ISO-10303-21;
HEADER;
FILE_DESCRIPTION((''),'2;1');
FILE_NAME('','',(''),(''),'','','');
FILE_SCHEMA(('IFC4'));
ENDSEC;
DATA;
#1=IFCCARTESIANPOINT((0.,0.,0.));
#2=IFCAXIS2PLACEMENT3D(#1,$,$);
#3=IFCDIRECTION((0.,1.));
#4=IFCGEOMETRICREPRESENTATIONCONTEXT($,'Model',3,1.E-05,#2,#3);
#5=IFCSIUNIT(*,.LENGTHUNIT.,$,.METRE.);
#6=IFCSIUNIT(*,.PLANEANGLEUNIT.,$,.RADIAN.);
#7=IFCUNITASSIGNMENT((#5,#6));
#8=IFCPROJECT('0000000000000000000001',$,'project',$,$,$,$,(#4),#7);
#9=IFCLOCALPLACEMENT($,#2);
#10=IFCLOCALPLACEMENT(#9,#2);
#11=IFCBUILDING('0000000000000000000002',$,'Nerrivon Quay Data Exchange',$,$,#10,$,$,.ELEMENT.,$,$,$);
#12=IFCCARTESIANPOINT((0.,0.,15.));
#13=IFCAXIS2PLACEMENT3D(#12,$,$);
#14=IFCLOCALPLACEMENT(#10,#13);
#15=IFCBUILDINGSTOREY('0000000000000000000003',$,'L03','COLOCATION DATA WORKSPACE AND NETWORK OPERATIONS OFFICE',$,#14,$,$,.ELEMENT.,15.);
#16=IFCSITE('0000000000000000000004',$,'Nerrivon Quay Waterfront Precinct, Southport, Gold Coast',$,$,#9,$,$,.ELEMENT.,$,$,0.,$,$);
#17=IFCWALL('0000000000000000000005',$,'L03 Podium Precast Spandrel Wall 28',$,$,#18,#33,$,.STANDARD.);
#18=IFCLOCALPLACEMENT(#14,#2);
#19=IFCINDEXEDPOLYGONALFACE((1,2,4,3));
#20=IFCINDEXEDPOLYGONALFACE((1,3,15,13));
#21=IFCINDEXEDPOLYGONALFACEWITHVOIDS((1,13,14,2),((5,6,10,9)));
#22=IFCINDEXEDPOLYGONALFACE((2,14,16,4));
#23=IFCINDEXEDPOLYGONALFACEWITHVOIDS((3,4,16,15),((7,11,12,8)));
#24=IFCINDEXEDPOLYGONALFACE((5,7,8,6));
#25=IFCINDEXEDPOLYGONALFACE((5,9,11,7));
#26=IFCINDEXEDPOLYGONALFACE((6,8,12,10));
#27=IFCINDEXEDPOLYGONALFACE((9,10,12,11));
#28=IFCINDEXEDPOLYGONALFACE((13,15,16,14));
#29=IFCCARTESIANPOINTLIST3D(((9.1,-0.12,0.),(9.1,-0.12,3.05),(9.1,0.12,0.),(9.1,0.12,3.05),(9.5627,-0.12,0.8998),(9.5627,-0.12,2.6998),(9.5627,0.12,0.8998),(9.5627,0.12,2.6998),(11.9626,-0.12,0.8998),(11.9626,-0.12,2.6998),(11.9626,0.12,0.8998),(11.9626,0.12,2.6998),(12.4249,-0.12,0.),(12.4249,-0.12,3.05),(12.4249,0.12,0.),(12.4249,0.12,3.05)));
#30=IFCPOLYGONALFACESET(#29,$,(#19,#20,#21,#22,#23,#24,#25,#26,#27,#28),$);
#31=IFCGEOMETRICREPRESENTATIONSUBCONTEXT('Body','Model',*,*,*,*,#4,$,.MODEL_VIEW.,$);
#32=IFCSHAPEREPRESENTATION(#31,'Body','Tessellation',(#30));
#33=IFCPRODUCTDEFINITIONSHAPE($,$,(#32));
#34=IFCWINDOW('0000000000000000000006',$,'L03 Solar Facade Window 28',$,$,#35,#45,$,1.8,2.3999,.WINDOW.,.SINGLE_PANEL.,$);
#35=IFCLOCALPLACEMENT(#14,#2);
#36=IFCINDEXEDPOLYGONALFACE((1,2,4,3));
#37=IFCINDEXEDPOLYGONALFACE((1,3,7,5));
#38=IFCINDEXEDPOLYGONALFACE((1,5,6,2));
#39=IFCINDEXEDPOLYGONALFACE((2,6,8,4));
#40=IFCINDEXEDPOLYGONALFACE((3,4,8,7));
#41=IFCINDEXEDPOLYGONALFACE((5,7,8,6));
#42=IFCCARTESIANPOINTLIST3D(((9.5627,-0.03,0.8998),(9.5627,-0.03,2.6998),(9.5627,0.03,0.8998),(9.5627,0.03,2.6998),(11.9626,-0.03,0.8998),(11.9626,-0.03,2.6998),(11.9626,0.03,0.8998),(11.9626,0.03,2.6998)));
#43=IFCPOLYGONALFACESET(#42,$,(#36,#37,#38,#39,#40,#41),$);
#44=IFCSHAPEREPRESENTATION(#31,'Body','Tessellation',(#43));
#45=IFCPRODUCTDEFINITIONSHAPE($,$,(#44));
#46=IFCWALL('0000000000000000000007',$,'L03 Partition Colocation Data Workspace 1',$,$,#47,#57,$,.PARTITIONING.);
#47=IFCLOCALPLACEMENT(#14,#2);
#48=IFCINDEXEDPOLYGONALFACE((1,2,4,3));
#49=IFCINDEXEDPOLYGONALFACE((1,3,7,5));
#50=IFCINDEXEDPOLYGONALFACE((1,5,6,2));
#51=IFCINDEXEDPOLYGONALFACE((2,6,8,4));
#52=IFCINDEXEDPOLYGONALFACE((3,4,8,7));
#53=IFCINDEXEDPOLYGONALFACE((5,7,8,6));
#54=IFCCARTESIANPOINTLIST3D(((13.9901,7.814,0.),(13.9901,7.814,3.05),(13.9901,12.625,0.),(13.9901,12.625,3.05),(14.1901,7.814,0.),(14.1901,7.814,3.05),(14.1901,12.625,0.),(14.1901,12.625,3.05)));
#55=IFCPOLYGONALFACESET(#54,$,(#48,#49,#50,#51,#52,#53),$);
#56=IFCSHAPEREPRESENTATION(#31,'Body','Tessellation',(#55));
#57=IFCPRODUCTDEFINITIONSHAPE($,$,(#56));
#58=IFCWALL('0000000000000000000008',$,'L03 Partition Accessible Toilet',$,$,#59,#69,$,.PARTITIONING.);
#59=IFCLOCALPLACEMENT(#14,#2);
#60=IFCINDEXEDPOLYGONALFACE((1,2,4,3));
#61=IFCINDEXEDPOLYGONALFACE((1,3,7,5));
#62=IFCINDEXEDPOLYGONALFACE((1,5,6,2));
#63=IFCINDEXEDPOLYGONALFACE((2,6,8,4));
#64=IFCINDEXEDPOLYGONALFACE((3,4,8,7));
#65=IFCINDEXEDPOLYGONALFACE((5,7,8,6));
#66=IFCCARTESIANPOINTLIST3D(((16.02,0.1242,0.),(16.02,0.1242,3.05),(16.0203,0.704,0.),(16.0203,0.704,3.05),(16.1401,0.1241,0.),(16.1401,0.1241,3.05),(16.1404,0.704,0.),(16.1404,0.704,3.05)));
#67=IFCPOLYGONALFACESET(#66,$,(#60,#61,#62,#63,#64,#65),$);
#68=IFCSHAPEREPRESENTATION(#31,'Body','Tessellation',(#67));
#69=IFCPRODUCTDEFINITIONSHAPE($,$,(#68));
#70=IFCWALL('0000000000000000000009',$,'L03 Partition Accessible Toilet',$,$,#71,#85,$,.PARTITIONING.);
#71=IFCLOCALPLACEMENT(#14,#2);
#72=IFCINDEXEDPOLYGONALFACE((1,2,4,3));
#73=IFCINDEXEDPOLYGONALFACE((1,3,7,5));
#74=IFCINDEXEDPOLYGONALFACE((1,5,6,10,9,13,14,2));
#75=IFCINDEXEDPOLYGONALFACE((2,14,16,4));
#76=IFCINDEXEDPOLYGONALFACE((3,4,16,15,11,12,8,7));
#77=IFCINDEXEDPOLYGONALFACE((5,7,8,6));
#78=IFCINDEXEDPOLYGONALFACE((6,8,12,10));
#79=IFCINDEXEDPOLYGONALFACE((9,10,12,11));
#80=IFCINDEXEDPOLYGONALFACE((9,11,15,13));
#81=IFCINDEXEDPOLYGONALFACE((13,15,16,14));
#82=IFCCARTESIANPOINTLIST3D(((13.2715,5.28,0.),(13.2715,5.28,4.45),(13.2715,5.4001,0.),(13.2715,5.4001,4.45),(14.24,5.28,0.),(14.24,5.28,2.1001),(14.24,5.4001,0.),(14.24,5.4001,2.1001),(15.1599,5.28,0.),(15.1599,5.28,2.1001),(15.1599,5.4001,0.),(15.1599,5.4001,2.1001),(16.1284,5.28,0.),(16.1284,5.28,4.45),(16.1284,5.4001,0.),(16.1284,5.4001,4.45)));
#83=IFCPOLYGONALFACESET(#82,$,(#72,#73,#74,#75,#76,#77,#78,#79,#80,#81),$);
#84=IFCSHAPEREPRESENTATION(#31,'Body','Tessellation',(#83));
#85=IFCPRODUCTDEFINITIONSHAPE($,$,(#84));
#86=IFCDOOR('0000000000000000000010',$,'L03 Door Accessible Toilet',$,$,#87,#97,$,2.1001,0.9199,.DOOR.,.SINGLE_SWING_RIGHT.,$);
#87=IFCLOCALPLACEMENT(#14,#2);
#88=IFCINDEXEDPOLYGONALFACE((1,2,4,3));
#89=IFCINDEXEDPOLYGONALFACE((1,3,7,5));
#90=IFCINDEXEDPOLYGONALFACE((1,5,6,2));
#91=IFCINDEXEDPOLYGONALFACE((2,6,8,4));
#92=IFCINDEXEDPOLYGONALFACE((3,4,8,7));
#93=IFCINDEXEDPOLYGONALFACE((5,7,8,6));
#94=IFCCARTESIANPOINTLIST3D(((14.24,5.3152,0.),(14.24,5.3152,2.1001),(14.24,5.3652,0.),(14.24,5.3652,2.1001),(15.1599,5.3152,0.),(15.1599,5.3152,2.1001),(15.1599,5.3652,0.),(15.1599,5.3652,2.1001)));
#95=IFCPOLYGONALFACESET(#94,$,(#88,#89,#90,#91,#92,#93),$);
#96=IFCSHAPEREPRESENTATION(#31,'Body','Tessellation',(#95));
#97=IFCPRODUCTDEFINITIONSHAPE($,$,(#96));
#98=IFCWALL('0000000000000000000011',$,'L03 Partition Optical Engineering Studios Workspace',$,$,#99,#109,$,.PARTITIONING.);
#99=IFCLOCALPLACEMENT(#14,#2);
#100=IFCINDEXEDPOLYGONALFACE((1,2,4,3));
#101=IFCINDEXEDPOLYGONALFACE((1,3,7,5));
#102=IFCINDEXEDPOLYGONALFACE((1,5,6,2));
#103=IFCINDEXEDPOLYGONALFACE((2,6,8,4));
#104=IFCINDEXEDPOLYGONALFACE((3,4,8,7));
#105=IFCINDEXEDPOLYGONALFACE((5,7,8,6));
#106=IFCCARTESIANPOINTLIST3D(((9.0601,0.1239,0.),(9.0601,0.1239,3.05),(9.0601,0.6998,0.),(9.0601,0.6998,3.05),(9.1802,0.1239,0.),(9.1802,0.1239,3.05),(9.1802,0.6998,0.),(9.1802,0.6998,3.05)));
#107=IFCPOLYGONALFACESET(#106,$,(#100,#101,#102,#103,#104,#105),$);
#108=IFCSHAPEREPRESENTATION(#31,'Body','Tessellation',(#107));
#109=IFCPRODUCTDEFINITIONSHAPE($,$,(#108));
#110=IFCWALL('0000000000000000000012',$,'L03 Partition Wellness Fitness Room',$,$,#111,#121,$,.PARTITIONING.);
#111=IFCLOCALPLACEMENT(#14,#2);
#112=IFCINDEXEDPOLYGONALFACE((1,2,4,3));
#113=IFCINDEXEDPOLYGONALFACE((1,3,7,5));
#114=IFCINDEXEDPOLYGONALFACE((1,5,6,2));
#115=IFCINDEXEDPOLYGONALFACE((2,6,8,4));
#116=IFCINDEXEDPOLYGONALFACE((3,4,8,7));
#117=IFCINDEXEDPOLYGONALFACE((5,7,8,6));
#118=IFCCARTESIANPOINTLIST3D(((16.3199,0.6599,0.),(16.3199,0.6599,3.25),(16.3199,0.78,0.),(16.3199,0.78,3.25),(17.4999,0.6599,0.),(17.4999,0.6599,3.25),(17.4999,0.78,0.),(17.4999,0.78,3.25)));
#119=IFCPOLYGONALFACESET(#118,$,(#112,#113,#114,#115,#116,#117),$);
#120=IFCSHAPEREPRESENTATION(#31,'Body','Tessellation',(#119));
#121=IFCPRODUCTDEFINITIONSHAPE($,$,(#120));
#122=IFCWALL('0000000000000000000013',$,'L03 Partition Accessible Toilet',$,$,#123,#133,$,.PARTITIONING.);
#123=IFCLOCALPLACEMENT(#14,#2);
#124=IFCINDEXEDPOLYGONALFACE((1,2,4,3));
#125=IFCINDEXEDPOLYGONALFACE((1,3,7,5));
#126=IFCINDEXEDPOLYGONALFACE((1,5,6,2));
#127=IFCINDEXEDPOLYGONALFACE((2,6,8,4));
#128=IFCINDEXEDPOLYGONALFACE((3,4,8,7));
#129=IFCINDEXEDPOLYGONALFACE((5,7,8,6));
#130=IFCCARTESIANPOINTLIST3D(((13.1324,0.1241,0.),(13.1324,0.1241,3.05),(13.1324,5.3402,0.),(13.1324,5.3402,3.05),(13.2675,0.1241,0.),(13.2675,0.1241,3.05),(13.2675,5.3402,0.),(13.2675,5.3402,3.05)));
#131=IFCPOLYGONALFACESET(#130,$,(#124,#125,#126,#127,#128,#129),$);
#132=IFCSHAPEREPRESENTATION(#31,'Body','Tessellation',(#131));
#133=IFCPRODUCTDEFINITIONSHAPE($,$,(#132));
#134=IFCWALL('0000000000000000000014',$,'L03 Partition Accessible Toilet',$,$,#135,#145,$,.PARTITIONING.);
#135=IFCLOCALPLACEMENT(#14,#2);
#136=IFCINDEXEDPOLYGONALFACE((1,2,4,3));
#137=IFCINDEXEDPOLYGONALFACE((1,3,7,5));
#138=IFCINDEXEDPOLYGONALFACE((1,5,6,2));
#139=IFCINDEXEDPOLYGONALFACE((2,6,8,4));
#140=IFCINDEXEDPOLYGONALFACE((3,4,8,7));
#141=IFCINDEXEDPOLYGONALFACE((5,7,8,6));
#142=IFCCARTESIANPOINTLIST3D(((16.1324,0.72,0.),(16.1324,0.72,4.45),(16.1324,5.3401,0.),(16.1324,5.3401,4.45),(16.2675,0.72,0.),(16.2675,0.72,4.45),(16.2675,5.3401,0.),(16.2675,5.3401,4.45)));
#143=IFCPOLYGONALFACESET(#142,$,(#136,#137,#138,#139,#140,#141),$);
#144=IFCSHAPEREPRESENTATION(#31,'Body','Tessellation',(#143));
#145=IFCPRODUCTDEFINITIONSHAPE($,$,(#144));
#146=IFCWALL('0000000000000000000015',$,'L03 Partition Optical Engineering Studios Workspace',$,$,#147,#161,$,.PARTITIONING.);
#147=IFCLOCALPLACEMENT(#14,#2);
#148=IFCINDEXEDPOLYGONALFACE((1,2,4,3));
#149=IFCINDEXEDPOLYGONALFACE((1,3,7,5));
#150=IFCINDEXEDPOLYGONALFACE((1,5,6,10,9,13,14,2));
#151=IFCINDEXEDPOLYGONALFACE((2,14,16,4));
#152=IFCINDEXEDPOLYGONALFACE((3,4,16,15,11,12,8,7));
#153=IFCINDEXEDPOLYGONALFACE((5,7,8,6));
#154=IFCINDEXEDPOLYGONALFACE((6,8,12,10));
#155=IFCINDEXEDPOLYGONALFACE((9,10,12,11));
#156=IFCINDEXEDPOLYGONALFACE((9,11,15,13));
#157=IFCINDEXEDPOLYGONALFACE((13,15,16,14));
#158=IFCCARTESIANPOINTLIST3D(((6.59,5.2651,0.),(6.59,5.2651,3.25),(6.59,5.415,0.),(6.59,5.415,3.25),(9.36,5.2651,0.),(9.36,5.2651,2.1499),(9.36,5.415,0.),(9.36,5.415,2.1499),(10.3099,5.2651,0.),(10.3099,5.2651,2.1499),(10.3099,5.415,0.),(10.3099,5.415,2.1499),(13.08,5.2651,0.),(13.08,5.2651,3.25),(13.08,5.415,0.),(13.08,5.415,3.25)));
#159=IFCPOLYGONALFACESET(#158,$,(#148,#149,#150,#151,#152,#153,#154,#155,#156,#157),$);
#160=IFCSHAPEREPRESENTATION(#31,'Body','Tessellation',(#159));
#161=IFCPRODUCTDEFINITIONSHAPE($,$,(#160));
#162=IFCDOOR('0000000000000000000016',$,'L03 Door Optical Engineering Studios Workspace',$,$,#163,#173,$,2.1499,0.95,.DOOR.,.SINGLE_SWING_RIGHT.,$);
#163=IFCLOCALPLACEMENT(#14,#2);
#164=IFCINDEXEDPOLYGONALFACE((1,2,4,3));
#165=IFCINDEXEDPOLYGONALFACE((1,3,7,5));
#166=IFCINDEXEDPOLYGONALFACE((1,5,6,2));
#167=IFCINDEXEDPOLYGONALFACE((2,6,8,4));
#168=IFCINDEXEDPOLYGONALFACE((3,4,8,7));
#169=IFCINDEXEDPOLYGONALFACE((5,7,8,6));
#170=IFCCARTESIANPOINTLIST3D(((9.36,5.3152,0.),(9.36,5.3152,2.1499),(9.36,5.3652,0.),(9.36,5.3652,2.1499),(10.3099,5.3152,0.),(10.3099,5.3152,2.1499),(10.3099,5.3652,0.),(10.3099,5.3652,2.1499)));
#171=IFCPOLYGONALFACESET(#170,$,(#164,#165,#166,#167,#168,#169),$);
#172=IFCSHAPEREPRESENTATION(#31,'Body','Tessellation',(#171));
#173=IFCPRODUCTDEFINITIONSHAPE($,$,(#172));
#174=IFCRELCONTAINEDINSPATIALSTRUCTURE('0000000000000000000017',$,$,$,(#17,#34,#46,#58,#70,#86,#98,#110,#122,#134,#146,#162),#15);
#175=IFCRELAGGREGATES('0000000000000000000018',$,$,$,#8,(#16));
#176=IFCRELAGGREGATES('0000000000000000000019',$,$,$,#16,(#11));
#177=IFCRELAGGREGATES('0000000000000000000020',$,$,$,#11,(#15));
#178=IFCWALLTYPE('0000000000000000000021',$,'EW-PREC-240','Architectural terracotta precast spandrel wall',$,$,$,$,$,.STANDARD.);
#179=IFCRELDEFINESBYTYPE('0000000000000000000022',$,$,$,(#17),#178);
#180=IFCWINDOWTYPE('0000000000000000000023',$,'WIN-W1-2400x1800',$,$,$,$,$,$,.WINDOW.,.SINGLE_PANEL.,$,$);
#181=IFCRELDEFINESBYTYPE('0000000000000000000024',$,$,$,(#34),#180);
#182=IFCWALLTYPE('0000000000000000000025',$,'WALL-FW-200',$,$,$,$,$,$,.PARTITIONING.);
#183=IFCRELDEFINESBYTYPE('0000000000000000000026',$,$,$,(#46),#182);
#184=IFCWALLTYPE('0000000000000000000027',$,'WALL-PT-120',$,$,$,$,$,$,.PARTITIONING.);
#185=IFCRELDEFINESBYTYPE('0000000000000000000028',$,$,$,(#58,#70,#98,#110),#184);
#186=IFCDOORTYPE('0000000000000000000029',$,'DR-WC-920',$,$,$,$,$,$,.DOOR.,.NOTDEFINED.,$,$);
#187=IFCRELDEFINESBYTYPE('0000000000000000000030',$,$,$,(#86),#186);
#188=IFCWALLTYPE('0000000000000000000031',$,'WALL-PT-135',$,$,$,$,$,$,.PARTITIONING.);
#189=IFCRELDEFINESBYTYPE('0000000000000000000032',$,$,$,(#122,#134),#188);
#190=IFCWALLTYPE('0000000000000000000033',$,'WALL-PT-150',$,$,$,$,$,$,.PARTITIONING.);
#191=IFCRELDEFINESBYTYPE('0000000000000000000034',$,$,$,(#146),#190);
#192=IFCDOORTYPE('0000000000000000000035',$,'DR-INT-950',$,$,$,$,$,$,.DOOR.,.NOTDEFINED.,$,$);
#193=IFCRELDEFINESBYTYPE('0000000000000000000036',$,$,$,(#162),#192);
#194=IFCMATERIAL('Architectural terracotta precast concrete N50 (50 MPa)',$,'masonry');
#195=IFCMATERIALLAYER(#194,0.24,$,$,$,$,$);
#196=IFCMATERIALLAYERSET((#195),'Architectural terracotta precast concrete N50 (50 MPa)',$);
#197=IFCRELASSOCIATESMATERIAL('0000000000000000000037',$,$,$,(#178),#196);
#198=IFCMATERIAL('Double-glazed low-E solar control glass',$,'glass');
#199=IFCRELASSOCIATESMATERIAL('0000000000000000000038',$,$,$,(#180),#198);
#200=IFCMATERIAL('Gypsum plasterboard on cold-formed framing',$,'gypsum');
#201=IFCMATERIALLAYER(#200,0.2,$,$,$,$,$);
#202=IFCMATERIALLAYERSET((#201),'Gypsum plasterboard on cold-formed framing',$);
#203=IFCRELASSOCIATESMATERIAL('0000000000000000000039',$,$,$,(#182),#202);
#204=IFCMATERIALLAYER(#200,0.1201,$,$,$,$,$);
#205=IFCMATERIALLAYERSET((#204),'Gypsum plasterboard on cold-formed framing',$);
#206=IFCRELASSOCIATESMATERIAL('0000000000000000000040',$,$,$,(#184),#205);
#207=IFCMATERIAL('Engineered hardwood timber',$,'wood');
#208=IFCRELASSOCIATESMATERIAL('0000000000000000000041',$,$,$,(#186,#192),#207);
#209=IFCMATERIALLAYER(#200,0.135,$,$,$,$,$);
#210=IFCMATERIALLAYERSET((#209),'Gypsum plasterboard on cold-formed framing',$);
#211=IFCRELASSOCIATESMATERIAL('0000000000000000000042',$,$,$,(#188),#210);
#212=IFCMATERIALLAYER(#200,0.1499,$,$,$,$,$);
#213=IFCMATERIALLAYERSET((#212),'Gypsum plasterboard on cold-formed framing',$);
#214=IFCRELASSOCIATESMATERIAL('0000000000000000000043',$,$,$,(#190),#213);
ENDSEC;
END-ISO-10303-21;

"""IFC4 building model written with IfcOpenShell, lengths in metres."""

from ifc_helpers import new_model, si_unit, direction, frame, frame_2d, origin, place, context, subcontext, project, spatial, rectangle, extrude, material, layer, layer_set, type_object, element, fill, save


model = new_model("IFC4")

# Units and contexts
model_context = context("Model", 3, precision=1e-05, world=origin(), true_north=direction((0.0, 1.0)))
body_context = subcontext(model_context, "Body", "Model", "MODEL_VIEW")
ifc_project = project(units=[si_unit("LENGTHUNIT", "METRE"), si_unit("PLANEANGLEUNIT", "RADIAN")], contexts=[model_context])

# Site, building, storey
site_placement = place(None, origin())
site = spatial("IfcSite", under=ifc_project, at=site_placement, Name="Nerrivon Quay Waterfront Precinct, Southport, Gold Coast", CompositionType="ELEMENT", RefElevation=0.0)
building_placement = place(site_placement, origin())
building = spatial("IfcBuilding", under=site, at=building_placement, Name="Nerrivon Quay Data Exchange", CompositionType="ELEMENT")
storey_placement = place(building_placement, frame((0.0, 0.0, 15.0)))
storey = spatial("IfcBuildingStorey", under=building, at=storey_placement, Name="L03", Description="COLOCATION DATA WORKSPACE AND NETWORK OPERATIONS OFFICE", CompositionType="ELEMENT", Elevation=15.0)

# Wall, opening, window
ifc_material_1 = material(Name="Architectural terracotta precast concrete N50 (50 MPa)", Category="masonry")
ifc_layer_1 = layer(ifc_material_1, 0.24)
ifc_layer_set_1 = layer_set([ifc_layer_1], Name="Architectural terracotta precast concrete N50 (50 MPa)")
wall_type_1 = type_object("IfcWallType", Name="EW-PREC-240", Description="Architectural terracotta precast spandrel wall", PredefinedType="STANDARD", material=ifc_layer_set_1)
ifc_material_2 = material(Name="Double-glazed low-E solar control glass", Category="glass")
wall_1_placement = place(storey_placement, frame((12.425, 0.0, 0.0), z_axis=(0.0, 0.0, 1.0), x_axis=(-1.0, 0.0, 0.0)))
wall_1 = element("IfcWall", 1, at=wall_1_placement, inside=storey, type_object=wall_type_1, Name="L03 Podium Precast Spandrel Wall 28", PredefinedType="STANDARD", context=body_context, shape_type="SweptSolid", body=[
    extrude(rectangle(XDim=3.325, YDim=0.24, at=frame_2d((1.6626, 0.0))), origin(), (0.0, 0.0, 1.0), 3.05),
])
opening_1_placement = place(wall_1_placement, frame((0.4624, 0.0, 0.8999)))
opening_1 = element("IfcOpeningElement", 2, at=opening_1_placement, cuts=wall_1, PredefinedType="OPENING", context=body_context, shape_type="SweptSolid", body=[
    extrude(rectangle(XDim=2.3999, YDim=1.8, at=frame_2d((1.2, 0.8999))), frame((0.0, 0.1299, 0.0), z_axis=(0.0, -1.0, 0.0), x_axis=(1.0, 0.0, 0.0)), (0.0, 0.0, 1.0), 0.26),
])
window_type_1 = type_object("IfcWindowType", Name="WIN-W1-2400x1800", PartitioningType="SINGLE_PANEL", PredefinedType="WINDOW", material=ifc_material_2)
window_1_placement = place(opening_1_placement, origin())
window_1 = element("IfcWindow", 3, at=window_1_placement, inside=storey, type_object=window_type_1, Name="L03 Solar Facade Window 28", OverallHeight=1.8, OverallWidth=2.3999, PartitioningType="SINGLE_PANEL", PredefinedType="WINDOW", context=body_context, shape_type="SweptSolid", body=[
    extrude(rectangle(XDim=2.3999, YDim=1.8, at=frame_2d((1.2, 0.8999))), frame((0.0, 0.03, 0.0), z_axis=(0.0, -1.0, 0.0), x_axis=(1.0, 0.0, 0.0)), (0.0, 0.0, 1.0), 0.0601),
])
fill(opening_1, window_1)

# Shared definitions
ifc_material_3 = material(Name="Gypsum plasterboard on cold-formed framing", Category="gypsum")
ifc_layer_2 = layer(ifc_material_3, 0.2)
ifc_layer_set_2 = layer_set([ifc_layer_2], Name="Gypsum plasterboard on cold-formed framing")
wall_type_2 = type_object("IfcWallType", Name="WALL-FW-200", PredefinedType="PARTITIONING", material=ifc_layer_set_2)
ifc_material_4 = material(Name="Engineered hardwood timber", Category="wood")

# Walls
wall_2_placement = place(storey_placement, frame((14.0901, 7.814, 0.0), z_axis=(0.0, 0.0, 1.0), x_axis=(0.0, 1.0, 0.0)))
element("IfcWall", 4, at=wall_2_placement, inside=storey, type_object=wall_type_2, Name="L03 Partition Colocation Data Workspace 1", PredefinedType="PARTITIONING", context=body_context, shape_type="SweptSolid", body=[
    extrude(rectangle(XDim=4.811, YDim=0.2, at=frame_2d((2.4055, 0.0))), origin(), (0.0, 0.0, 1.0), 3.05),
])
ifc_layer_3 = layer(ifc_material_3, 0.1201)
ifc_layer_set_3 = layer_set([ifc_layer_3], Name="Gypsum plasterboard on cold-formed framing")
wall_type_3 = type_object("IfcWallType", Name="WALL-PT-120", PredefinedType="PARTITIONING", material=ifc_layer_set_3)
wall_3_placement = place(storey_placement, frame((16.0801, 0.124, 0.0), z_axis=(0.0, 0.0, 1.0), x_axis=(0.000421, 1.0, 0.0)))
element("IfcWall", 5, at=wall_3_placement, inside=storey, type_object=wall_type_3, Name="L03 Partition Accessible Toilet", PredefinedType="PARTITIONING", context=body_context, shape_type="SweptSolid", body=[
    extrude(rectangle(XDim=0.5798, YDim=0.1201, at=frame_2d((0.29, 0.0))), origin(), (0.0, 0.0, 1.0), 3.05),
])

# Wall, opening, door
wall_4_placement = place(storey_placement, frame((16.1284, 5.3401, 0.0), z_axis=(0.0, 0.0, 1.0), x_axis=(-1.0, 0.0, 0.0)))
wall_4 = element("IfcWall", 6, at=wall_4_placement, inside=storey, type_object=wall_type_3, Name="L03 Partition Accessible Toilet", PredefinedType="PARTITIONING", context=body_context, shape_type="SweptSolid", body=[
    extrude(rectangle(XDim=2.8569, YDim=0.1201, at=frame_2d((1.4285, 0.0))), origin(), (0.0, 0.0, 1.0), 4.45),
])
opening_2_placement = place(wall_4_placement, frame((0.9685, 0.0, 0.0)))
opening_2 = element("IfcOpeningElement", 7, at=opening_2_placement, cuts=wall_4, PredefinedType="OPENING", context=body_context, shape_type="SweptSolid", body=[
    extrude(rectangle(XDim=0.9199, YDim=2.1001, at=frame_2d((0.46, 1.05))), frame((0.0, 0.0701, 0.0), z_axis=(0.0, -1.0, 0.0), x_axis=(1.0, 0.0, 0.0)), (0.0, 0.0, 1.0), 0.1401),
])
door_type_1 = type_object("IfcDoorType", Name="DR-WC-920", OperationType="NOTDEFINED", PredefinedType="DOOR", material=ifc_material_4)
door_1_placement = place(opening_2_placement, origin())
door_1 = element("IfcDoor", 8, at=door_1_placement, inside=storey, type_object=door_type_1, Name="L03 Door Accessible Toilet", OperationType="SINGLE_SWING_RIGHT", OverallHeight=2.1001, OverallWidth=0.9199, PredefinedType="DOOR", context=body_context, shape_type="SweptSolid", body=[
    extrude(rectangle(XDim=0.9199, YDim=2.1001, at=frame_2d((0.46, 1.05))), frame((0.0, 0.0249, 0.0), z_axis=(0.0, -1.0, 0.0), x_axis=(1.0, 0.0, 0.0)), (0.0, 0.0, 1.0), 0.05),
])
fill(opening_2, door_1)

# Walls
wall_5_placement = place(storey_placement, frame((9.1201, 0.7, 0.0), z_axis=(0.0, 0.0, 1.0), x_axis=(0.0, -1.0, 0.0)))
element("IfcWall", 9, at=wall_5_placement, inside=storey, type_object=wall_type_3, Name="L03 Partition Optical Engineering Studios Workspace", PredefinedType="PARTITIONING", context=body_context, shape_type="SweptSolid", body=[
    extrude(rectangle(XDim=0.5759, YDim=0.1201, at=frame_2d((0.2881, 0.0))), origin(), (0.0, 0.0, 1.0), 3.05),
])
wall_6_placement = place(storey_placement, frame((16.3201, 0.72, 0.0), z_axis=(0.0, 0.0, 1.0), x_axis=(1.0, 0.0, 0.0)))
element("IfcWall", 10, at=wall_6_placement, inside=storey, type_object=wall_type_3, Name="L03 Partition Wellness Fitness Room", PredefinedType="PARTITIONING", context=body_context, shape_type="SweptSolid", body=[
    extrude(rectangle(XDim=1.1799, YDim=0.1201, at=frame_2d((0.5898, 0.0))), origin(), (0.0, 0.0, 1.0), 3.25),
])
ifc_layer_4 = layer(ifc_material_3, 0.135)
ifc_layer_set_4 = layer_set([ifc_layer_4], Name="Gypsum plasterboard on cold-formed framing")
wall_type_4 = type_object("IfcWallType", Name="WALL-PT-135", PredefinedType="PARTITIONING", material=ifc_layer_set_4)
wall_7_placement = place(storey_placement, frame((13.2, 5.3401, 0.0), z_axis=(0.0, 0.0, 1.0), x_axis=(0.0, -1.0, 0.0)))
element("IfcWall", 11, at=wall_7_placement, inside=storey, type_object=wall_type_4, Name="L03 Partition Accessible Toilet", PredefinedType="PARTITIONING", context=body_context, shape_type="SweptSolid", body=[
    extrude(rectangle(XDim=5.2161, YDim=0.135, at=frame_2d((2.6079, 0.0))), origin(), (0.0, 0.0, 1.0), 3.05),
])
wall_8_placement = place(storey_placement, frame((16.2, 0.72, 0.0), z_axis=(0.0, 0.0, 1.0), x_axis=(0.0, 1.0, 0.0)))
element("IfcWall", 12, at=wall_8_placement, inside=storey, type_object=wall_type_4, Name="L03 Partition Accessible Toilet", PredefinedType="PARTITIONING", context=body_context, shape_type="SweptSolid", body=[
    extrude(rectangle(XDim=4.6201, YDim=0.135, at=frame_2d((2.3101, 0.0))), origin(), (0.0, 0.0, 1.0), 4.45),
])

# Wall, opening, door
ifc_layer_5 = layer(ifc_material_3, 0.1499)
ifc_layer_set_5 = layer_set([ifc_layer_5], Name="Gypsum plasterboard on cold-formed framing")
wall_type_5 = type_object("IfcWallType", Name="WALL-PT-150", PredefinedType="PARTITIONING", material=ifc_layer_set_5)
wall_9_placement = place(storey_placement, frame((13.0801, 5.3401, 0.0), z_axis=(0.0, 0.0, 1.0), x_axis=(-1.0, 0.0, 0.0)))
wall_9 = element("IfcWall", 13, at=wall_9_placement, inside=storey, type_object=wall_type_5, Name="L03 Partition Optical Engineering Studios Workspace", PredefinedType="PARTITIONING", context=body_context, shape_type="SweptSolid", body=[
    extrude(rectangle(XDim=6.49, YDim=0.1499, at=frame_2d((3.2451, 0.0))), origin(), (0.0, 0.0, 1.0), 3.25),
])
opening_3_placement = place(wall_9_placement, frame((2.77, 0.0, 0.0)))
opening_3 = element("IfcOpeningElement", 14, at=opening_3_placement, cuts=wall_9, PredefinedType="OPENING", context=body_context, shape_type="SweptSolid", body=[
    extrude(rectangle(XDim=0.95, YDim=2.1499, at=frame_2d((0.4751, 1.075))), frame((0.0, 0.085, 0.0), z_axis=(0.0, -1.0, 0.0), x_axis=(1.0, 0.0, 0.0)), (0.0, 0.0, 1.0), 0.1699),
])
door_type_2 = type_object("IfcDoorType", Name="DR-INT-950", OperationType="NOTDEFINED", PredefinedType="DOOR", material=ifc_material_4)
door_2_placement = place(opening_3_placement, origin())
door_2 = element("IfcDoor", 15, at=door_2_placement, inside=storey, type_object=door_type_2, Name="L03 Door Optical Engineering Studios Workspace", OperationType="SINGLE_SWING_RIGHT", OverallHeight=2.1499, OverallWidth=0.95, PredefinedType="DOOR", context=body_context, shape_type="SweptSolid", body=[
    extrude(rectangle(XDim=0.95, YDim=2.1499, at=frame_2d((0.4751, 1.075))), frame((0.0, 0.0249, 0.0), z_axis=(0.0, -1.0, 0.0), x_axis=(1.0, 0.0, 0.0)), (0.0, 0.0, 1.0), 0.05),
])
fill(opening_3, door_2)

save(model, "model.ifc")
